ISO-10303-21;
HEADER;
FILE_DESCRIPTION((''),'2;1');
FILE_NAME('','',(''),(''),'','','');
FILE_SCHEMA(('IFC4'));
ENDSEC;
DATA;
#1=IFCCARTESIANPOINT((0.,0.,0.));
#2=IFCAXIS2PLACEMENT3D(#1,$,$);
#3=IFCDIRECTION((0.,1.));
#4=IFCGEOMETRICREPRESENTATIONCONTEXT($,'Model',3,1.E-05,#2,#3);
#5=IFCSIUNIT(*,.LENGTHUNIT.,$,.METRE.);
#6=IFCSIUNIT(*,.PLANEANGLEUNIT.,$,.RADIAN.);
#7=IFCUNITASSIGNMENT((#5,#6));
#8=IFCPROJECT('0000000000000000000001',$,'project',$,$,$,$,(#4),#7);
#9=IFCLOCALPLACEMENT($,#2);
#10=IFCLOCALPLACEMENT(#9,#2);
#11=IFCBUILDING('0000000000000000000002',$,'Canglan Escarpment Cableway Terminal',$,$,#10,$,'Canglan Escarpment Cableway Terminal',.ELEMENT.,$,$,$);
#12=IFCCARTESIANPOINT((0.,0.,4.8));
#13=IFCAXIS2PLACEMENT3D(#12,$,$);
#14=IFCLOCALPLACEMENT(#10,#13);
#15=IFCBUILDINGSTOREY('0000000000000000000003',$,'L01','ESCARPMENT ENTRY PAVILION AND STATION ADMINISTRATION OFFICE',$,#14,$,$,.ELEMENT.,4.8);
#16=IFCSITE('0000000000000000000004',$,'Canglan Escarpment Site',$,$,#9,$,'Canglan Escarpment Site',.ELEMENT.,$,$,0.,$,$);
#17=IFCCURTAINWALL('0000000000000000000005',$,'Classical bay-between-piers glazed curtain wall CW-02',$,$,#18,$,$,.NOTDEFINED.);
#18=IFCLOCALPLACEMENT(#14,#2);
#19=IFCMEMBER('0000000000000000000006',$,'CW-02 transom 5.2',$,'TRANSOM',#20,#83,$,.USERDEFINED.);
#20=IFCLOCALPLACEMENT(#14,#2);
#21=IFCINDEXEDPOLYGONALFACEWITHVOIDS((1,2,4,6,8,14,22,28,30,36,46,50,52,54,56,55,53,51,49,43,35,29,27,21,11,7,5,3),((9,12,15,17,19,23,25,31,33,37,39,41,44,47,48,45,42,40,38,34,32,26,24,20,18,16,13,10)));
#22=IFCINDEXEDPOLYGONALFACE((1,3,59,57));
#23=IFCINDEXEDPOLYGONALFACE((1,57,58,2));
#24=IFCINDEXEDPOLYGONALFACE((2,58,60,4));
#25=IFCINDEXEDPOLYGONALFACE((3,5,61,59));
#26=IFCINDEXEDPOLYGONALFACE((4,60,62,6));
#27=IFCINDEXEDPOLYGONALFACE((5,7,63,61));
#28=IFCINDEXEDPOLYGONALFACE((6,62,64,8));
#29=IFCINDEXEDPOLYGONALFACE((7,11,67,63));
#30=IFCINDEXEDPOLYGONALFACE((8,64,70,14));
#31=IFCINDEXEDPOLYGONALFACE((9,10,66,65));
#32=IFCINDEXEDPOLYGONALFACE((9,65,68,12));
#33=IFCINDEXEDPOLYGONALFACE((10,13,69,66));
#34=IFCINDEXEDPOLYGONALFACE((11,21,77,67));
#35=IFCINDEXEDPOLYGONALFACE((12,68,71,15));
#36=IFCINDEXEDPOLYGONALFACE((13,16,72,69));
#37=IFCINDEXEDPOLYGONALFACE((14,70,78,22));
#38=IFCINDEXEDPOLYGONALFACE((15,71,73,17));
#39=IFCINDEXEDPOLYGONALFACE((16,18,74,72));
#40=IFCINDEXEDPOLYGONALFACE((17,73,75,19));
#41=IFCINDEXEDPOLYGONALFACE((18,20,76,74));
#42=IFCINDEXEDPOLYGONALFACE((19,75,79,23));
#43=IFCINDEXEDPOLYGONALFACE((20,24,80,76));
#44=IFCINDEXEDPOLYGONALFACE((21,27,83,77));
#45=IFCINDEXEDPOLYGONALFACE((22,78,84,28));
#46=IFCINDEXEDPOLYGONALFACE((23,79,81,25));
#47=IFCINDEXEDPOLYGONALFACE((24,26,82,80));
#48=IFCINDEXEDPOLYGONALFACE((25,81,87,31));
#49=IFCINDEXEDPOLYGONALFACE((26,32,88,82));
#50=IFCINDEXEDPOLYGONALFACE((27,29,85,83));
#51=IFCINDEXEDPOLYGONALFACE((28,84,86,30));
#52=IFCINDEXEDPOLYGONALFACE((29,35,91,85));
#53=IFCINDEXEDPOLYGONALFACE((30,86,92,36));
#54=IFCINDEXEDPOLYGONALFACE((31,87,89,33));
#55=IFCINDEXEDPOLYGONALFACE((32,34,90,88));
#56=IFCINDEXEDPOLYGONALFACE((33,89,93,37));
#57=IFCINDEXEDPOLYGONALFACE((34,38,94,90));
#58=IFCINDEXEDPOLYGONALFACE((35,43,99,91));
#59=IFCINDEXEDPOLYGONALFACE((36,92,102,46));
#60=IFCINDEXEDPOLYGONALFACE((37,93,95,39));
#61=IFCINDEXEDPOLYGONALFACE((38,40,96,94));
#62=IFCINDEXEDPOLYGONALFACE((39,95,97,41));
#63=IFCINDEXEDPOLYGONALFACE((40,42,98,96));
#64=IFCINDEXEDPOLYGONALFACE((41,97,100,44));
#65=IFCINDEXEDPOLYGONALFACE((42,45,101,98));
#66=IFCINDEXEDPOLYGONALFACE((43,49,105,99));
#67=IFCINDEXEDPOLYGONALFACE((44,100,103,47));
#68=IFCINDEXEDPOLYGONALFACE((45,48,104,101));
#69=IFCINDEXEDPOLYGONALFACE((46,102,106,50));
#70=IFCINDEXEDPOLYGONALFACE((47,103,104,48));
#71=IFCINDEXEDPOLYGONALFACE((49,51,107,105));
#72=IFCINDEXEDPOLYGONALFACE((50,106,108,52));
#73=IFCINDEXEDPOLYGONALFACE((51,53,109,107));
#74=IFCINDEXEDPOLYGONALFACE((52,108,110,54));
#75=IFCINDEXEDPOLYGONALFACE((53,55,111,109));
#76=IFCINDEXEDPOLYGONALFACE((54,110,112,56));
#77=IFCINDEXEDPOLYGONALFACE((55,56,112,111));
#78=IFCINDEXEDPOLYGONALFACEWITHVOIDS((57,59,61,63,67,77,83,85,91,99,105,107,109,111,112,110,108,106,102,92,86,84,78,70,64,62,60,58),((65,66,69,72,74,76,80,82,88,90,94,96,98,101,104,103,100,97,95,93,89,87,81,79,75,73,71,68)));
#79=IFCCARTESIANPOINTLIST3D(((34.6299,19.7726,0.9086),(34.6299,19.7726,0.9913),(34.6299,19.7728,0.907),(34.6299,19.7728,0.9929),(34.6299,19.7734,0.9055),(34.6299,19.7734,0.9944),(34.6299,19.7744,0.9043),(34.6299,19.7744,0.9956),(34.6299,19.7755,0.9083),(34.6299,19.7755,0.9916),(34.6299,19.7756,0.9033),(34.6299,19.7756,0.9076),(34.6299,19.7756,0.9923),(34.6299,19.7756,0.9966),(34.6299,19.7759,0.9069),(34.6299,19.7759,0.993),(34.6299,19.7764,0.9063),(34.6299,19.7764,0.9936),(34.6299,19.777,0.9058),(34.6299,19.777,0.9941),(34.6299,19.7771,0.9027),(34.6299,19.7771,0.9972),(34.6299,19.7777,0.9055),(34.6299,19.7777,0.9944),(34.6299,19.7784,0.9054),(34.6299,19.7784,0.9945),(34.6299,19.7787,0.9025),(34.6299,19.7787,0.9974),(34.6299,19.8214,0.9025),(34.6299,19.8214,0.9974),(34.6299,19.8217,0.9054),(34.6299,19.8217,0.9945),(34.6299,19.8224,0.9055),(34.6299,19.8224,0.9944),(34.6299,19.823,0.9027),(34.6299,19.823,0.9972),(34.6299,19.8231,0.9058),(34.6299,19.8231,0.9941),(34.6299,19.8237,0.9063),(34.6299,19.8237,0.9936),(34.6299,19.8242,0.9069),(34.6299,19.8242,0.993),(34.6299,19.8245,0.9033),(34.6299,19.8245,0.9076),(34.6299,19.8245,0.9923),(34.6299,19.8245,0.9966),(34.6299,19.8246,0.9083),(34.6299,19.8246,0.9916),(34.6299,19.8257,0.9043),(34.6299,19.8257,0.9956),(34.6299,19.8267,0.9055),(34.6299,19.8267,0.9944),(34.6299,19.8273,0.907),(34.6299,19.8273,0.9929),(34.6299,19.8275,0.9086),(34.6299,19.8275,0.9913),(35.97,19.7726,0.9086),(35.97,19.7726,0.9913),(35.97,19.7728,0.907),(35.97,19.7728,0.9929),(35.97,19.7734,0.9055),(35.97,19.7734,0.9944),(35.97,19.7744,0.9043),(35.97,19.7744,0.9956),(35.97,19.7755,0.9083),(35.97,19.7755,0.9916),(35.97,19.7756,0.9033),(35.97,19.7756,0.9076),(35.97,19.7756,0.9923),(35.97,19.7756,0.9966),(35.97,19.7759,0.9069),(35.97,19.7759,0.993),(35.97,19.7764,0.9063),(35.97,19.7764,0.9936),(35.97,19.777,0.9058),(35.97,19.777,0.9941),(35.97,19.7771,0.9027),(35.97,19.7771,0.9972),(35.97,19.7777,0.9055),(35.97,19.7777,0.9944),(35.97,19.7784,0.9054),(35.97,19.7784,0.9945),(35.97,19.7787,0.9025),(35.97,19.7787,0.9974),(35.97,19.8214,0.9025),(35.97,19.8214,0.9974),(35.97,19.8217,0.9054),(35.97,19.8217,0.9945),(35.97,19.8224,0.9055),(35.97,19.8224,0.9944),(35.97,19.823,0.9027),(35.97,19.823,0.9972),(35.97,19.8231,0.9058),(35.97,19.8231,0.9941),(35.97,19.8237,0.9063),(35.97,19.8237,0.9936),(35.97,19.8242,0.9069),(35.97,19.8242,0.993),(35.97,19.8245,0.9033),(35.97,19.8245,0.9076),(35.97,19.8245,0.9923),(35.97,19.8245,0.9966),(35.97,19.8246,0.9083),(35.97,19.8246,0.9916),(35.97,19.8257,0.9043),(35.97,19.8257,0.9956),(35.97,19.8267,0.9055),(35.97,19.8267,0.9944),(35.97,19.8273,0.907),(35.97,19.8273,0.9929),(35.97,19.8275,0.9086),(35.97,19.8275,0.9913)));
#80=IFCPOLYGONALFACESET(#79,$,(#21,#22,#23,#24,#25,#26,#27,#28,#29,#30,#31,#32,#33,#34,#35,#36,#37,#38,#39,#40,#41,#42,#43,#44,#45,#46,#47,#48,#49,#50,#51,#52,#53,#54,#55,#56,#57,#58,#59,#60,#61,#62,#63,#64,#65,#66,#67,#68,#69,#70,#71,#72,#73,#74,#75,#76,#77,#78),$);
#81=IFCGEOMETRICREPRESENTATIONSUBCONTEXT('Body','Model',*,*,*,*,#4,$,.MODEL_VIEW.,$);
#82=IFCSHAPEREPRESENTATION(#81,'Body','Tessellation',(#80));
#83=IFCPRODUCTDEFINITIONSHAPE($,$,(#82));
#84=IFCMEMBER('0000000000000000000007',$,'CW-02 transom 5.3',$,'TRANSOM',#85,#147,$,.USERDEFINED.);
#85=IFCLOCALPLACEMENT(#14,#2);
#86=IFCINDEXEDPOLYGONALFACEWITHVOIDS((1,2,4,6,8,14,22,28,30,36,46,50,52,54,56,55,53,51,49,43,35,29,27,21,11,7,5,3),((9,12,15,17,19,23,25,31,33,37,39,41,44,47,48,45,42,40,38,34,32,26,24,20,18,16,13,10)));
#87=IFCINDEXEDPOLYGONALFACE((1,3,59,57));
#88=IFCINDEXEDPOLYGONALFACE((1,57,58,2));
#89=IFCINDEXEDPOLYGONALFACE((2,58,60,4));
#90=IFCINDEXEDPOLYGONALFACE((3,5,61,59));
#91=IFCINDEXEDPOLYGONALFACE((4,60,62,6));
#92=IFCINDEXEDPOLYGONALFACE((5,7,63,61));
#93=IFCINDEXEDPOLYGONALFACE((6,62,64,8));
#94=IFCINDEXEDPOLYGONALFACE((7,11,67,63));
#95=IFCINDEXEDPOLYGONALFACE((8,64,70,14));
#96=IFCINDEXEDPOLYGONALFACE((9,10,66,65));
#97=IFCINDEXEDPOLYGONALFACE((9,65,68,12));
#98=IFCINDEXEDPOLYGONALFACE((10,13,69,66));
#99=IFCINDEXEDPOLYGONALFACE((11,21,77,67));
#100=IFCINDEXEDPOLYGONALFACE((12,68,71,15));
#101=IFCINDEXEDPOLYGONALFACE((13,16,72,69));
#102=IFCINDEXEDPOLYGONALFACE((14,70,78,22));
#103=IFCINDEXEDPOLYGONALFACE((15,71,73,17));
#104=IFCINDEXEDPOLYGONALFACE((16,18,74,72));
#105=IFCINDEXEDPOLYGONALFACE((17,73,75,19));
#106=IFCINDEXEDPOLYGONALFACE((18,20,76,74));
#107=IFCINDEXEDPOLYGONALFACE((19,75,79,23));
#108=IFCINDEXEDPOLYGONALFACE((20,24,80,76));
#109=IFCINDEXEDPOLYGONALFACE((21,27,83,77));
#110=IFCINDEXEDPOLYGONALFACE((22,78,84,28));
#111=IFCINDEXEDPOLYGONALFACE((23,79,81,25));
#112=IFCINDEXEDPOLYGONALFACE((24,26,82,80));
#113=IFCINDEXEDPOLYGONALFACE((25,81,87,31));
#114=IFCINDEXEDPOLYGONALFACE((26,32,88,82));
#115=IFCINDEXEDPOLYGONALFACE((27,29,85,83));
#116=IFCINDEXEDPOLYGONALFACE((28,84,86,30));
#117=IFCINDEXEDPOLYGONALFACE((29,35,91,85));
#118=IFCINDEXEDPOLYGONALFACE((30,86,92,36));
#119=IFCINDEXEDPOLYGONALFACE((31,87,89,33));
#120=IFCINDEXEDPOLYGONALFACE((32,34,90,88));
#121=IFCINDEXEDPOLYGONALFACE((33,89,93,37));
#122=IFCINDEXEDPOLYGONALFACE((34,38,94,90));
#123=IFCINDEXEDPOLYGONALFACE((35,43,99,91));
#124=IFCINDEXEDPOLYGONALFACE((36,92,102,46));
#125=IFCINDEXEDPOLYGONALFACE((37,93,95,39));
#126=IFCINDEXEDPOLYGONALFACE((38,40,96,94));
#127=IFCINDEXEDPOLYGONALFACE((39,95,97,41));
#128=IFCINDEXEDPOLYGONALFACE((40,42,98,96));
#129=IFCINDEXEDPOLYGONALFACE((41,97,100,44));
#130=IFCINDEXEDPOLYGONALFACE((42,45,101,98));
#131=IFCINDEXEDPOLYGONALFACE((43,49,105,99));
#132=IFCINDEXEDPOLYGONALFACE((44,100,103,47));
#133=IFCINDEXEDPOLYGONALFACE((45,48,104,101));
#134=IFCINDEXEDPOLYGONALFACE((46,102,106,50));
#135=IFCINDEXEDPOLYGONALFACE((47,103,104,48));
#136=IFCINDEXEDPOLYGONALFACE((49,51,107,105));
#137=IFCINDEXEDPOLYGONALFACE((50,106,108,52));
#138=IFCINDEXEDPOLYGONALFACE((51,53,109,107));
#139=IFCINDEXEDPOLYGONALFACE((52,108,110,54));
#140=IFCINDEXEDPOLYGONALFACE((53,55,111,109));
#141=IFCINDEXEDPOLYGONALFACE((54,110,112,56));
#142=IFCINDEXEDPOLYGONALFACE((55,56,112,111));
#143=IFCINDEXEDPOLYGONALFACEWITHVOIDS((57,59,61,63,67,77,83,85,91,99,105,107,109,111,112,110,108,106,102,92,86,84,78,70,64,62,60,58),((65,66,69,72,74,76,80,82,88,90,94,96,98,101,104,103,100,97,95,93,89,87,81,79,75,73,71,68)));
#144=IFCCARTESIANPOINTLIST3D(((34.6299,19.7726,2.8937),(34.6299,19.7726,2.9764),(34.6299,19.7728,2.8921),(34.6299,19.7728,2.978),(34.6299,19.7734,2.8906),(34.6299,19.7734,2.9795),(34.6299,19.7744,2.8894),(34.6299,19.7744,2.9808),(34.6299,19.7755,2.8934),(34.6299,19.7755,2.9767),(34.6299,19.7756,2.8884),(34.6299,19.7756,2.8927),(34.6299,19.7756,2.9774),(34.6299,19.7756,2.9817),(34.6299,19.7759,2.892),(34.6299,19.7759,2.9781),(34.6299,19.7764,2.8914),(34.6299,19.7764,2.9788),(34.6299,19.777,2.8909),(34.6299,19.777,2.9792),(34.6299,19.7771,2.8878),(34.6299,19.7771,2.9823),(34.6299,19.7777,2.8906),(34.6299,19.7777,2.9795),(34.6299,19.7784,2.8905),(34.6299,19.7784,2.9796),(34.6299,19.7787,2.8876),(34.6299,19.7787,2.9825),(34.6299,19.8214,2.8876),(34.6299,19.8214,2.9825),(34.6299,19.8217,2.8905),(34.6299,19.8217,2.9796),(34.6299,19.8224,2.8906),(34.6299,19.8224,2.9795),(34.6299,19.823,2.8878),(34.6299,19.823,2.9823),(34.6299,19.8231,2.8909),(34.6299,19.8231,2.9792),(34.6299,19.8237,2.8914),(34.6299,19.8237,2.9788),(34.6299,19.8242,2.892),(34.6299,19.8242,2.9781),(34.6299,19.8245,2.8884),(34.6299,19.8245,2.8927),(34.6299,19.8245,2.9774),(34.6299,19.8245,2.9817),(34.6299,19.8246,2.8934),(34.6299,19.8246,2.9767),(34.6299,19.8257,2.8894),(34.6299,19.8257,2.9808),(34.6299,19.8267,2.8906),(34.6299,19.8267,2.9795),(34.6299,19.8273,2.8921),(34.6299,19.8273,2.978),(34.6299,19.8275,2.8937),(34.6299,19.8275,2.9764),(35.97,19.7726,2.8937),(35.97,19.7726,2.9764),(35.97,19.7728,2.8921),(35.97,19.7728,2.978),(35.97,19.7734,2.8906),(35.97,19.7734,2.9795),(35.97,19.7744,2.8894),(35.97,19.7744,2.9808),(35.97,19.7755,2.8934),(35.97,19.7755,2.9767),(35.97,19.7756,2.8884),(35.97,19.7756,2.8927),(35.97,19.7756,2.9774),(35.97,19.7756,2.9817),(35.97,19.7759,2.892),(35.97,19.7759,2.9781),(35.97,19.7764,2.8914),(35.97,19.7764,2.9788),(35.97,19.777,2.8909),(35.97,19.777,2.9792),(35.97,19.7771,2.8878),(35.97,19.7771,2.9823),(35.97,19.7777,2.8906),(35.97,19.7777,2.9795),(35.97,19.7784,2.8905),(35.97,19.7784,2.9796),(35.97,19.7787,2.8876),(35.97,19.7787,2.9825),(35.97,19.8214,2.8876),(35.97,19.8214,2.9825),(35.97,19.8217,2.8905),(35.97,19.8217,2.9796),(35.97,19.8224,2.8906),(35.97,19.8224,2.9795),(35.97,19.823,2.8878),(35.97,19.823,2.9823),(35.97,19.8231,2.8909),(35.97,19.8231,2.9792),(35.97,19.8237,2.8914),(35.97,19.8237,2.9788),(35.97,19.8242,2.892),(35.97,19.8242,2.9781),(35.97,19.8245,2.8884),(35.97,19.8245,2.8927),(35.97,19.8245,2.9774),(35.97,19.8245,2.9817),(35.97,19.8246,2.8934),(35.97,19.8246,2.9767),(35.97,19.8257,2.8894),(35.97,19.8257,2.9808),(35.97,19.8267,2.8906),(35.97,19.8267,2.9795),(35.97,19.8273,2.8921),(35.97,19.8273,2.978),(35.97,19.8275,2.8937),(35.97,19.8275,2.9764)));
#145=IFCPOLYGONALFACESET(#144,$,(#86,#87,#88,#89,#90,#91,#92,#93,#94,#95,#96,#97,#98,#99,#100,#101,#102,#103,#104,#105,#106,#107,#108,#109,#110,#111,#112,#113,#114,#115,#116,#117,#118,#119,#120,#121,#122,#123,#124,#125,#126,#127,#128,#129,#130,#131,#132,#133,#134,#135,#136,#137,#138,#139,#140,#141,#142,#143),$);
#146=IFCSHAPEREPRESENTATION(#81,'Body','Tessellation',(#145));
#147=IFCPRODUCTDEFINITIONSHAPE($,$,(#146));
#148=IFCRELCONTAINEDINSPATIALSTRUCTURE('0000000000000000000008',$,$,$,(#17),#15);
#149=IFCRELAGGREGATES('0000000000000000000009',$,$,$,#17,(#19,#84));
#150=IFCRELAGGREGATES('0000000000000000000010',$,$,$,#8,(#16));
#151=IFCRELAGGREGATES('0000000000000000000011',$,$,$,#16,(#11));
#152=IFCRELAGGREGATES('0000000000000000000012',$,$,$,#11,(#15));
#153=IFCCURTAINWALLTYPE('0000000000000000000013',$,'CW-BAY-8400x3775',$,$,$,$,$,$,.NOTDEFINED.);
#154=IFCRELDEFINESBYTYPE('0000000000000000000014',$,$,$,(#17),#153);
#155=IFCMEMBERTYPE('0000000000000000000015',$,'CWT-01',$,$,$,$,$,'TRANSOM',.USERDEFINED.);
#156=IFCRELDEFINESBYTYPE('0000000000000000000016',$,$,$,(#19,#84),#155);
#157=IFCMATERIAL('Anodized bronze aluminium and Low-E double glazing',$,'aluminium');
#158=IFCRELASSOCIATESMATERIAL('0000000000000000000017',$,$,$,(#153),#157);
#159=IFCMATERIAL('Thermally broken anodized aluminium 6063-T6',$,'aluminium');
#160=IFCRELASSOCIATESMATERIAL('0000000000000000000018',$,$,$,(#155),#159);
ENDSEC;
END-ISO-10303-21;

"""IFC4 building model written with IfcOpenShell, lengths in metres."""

from ifc_helpers import new_model, si_unit, direction, frame, origin, origin_2d, place, context, subcontext, project, spatial, hollow_rectangle, extrude, material, material_profile, profile_set, type_object, element, aggregate, save


model = new_model("IFC4")

# Units and contexts
model_context = context("Model", 3, precision=1e-05, world=origin(), true_north=direction((0.0, 1.0)))
body_context = subcontext(model_context, "Body", "Model", "MODEL_VIEW")
ifc_project = project(units=[si_unit("LENGTHUNIT", "METRE"), si_unit("PLANEANGLEUNIT", "RADIAN")], contexts=[model_context])

# Site, building, storey
site_placement = place(None, origin())
site = spatial("IfcSite", under=ifc_project, at=site_placement, Name="Canglan Escarpment Site", LongName="Canglan Escarpment Site", CompositionType="ELEMENT", RefElevation=0.0)
building_placement = place(site_placement, origin())
building = spatial("IfcBuilding", under=site, at=building_placement, Name="Canglan Escarpment Cableway Terminal", LongName="Canglan Escarpment Cableway Terminal", CompositionType="ELEMENT")
storey_placement = place(building_placement, frame((0.0, 0.0, 4.8)))
storey = spatial("IfcBuildingStorey", under=building, at=storey_placement, Name="L01", Description="ESCARPMENT ENTRY PAVILION AND STATION ADMINISTRATION OFFICE", CompositionType="ELEMENT", Elevation=4.8)

# Curtain wall, members
ifc_material_1 = material(Name="Anodized bronze aluminium and Low-E double glazing", Category="aluminium")
curtain_wall_type = type_object("IfcCurtainWallType", Name="CW-BAY-8400x3775", PredefinedType="NOTDEFINED", material=ifc_material_1)
curtain_wall_placement = place(storey_placement, origin())
curtain_wall = element("IfcCurtainWall", 1, at=curtain_wall_placement, inside=storey, type_object=curtain_wall_type, Name="Classical bay-between-piers glazed curtain wall CW-02", PredefinedType="NOTDEFINED")
ifc_material_2 = material(Name="Thermally broken anodized aluminium 6063-T6", Category="aluminium")
ifc_material_profile_1 = material_profile(ifc_material_2, hollow_rectangle(XDim=0.0549, YDim=0.095, WallThickness=0.0029, InnerFilletRadius=0.0029, OuterFilletRadius=0.0061, at=origin_2d()), Name="ALU-TRAN 55x95x3")
ifc_profile_set_1 = profile_set([ifc_material_profile_1], Name="Thermally broken anodized aluminium 6063-T6")
member_type_1 = type_object("IfcMemberType", Name="CWT-01", ElementType="TRANSOM", PredefinedType="USERDEFINED", material=ifc_profile_set_1)
member_1_placement = place(storey_placement, frame((35.97, 19.8, 0.95), z_axis=(-1.0, 0.0, 0.0), x_axis=(0.0, -1.0, 0.0)))
member_1 = element("IfcMember", 2, at=member_1_placement, type_object=member_type_1, Name="CW-02 transom 5.2", ObjectType="TRANSOM", PredefinedType="USERDEFINED", context=body_context, shape_type="SweptSolid", body=[
    extrude(hollow_rectangle(XDim=0.0549, YDim=0.095, WallThickness=0.0029, InnerFilletRadius=0.0029, OuterFilletRadius=0.0061, at=origin_2d()), origin(), (0.0, 0.0, 1.0), 1.3401),
])
member_2_placement = place(storey_placement, frame((35.97, 19.8, 2.9351), z_axis=(-1.0, 0.0, 0.0), x_axis=(0.0, -1.0, 0.0)))
member_2 = element("IfcMember", 3, at=member_2_placement, type_object=member_type_1, Name="CW-02 transom 5.3", ObjectType="TRANSOM", PredefinedType="USERDEFINED", context=body_context, shape_type="SweptSolid", body=[
    extrude(hollow_rectangle(XDim=0.0549, YDim=0.095, WallThickness=0.0029, InnerFilletRadius=0.0029, OuterFilletRadius=0.0061, at=origin_2d()), origin(), (0.0, 0.0, 1.0), 1.3401),
])

aggregate(curtain_wall, [member_1, member_2])

save(model, "model.ifc")
